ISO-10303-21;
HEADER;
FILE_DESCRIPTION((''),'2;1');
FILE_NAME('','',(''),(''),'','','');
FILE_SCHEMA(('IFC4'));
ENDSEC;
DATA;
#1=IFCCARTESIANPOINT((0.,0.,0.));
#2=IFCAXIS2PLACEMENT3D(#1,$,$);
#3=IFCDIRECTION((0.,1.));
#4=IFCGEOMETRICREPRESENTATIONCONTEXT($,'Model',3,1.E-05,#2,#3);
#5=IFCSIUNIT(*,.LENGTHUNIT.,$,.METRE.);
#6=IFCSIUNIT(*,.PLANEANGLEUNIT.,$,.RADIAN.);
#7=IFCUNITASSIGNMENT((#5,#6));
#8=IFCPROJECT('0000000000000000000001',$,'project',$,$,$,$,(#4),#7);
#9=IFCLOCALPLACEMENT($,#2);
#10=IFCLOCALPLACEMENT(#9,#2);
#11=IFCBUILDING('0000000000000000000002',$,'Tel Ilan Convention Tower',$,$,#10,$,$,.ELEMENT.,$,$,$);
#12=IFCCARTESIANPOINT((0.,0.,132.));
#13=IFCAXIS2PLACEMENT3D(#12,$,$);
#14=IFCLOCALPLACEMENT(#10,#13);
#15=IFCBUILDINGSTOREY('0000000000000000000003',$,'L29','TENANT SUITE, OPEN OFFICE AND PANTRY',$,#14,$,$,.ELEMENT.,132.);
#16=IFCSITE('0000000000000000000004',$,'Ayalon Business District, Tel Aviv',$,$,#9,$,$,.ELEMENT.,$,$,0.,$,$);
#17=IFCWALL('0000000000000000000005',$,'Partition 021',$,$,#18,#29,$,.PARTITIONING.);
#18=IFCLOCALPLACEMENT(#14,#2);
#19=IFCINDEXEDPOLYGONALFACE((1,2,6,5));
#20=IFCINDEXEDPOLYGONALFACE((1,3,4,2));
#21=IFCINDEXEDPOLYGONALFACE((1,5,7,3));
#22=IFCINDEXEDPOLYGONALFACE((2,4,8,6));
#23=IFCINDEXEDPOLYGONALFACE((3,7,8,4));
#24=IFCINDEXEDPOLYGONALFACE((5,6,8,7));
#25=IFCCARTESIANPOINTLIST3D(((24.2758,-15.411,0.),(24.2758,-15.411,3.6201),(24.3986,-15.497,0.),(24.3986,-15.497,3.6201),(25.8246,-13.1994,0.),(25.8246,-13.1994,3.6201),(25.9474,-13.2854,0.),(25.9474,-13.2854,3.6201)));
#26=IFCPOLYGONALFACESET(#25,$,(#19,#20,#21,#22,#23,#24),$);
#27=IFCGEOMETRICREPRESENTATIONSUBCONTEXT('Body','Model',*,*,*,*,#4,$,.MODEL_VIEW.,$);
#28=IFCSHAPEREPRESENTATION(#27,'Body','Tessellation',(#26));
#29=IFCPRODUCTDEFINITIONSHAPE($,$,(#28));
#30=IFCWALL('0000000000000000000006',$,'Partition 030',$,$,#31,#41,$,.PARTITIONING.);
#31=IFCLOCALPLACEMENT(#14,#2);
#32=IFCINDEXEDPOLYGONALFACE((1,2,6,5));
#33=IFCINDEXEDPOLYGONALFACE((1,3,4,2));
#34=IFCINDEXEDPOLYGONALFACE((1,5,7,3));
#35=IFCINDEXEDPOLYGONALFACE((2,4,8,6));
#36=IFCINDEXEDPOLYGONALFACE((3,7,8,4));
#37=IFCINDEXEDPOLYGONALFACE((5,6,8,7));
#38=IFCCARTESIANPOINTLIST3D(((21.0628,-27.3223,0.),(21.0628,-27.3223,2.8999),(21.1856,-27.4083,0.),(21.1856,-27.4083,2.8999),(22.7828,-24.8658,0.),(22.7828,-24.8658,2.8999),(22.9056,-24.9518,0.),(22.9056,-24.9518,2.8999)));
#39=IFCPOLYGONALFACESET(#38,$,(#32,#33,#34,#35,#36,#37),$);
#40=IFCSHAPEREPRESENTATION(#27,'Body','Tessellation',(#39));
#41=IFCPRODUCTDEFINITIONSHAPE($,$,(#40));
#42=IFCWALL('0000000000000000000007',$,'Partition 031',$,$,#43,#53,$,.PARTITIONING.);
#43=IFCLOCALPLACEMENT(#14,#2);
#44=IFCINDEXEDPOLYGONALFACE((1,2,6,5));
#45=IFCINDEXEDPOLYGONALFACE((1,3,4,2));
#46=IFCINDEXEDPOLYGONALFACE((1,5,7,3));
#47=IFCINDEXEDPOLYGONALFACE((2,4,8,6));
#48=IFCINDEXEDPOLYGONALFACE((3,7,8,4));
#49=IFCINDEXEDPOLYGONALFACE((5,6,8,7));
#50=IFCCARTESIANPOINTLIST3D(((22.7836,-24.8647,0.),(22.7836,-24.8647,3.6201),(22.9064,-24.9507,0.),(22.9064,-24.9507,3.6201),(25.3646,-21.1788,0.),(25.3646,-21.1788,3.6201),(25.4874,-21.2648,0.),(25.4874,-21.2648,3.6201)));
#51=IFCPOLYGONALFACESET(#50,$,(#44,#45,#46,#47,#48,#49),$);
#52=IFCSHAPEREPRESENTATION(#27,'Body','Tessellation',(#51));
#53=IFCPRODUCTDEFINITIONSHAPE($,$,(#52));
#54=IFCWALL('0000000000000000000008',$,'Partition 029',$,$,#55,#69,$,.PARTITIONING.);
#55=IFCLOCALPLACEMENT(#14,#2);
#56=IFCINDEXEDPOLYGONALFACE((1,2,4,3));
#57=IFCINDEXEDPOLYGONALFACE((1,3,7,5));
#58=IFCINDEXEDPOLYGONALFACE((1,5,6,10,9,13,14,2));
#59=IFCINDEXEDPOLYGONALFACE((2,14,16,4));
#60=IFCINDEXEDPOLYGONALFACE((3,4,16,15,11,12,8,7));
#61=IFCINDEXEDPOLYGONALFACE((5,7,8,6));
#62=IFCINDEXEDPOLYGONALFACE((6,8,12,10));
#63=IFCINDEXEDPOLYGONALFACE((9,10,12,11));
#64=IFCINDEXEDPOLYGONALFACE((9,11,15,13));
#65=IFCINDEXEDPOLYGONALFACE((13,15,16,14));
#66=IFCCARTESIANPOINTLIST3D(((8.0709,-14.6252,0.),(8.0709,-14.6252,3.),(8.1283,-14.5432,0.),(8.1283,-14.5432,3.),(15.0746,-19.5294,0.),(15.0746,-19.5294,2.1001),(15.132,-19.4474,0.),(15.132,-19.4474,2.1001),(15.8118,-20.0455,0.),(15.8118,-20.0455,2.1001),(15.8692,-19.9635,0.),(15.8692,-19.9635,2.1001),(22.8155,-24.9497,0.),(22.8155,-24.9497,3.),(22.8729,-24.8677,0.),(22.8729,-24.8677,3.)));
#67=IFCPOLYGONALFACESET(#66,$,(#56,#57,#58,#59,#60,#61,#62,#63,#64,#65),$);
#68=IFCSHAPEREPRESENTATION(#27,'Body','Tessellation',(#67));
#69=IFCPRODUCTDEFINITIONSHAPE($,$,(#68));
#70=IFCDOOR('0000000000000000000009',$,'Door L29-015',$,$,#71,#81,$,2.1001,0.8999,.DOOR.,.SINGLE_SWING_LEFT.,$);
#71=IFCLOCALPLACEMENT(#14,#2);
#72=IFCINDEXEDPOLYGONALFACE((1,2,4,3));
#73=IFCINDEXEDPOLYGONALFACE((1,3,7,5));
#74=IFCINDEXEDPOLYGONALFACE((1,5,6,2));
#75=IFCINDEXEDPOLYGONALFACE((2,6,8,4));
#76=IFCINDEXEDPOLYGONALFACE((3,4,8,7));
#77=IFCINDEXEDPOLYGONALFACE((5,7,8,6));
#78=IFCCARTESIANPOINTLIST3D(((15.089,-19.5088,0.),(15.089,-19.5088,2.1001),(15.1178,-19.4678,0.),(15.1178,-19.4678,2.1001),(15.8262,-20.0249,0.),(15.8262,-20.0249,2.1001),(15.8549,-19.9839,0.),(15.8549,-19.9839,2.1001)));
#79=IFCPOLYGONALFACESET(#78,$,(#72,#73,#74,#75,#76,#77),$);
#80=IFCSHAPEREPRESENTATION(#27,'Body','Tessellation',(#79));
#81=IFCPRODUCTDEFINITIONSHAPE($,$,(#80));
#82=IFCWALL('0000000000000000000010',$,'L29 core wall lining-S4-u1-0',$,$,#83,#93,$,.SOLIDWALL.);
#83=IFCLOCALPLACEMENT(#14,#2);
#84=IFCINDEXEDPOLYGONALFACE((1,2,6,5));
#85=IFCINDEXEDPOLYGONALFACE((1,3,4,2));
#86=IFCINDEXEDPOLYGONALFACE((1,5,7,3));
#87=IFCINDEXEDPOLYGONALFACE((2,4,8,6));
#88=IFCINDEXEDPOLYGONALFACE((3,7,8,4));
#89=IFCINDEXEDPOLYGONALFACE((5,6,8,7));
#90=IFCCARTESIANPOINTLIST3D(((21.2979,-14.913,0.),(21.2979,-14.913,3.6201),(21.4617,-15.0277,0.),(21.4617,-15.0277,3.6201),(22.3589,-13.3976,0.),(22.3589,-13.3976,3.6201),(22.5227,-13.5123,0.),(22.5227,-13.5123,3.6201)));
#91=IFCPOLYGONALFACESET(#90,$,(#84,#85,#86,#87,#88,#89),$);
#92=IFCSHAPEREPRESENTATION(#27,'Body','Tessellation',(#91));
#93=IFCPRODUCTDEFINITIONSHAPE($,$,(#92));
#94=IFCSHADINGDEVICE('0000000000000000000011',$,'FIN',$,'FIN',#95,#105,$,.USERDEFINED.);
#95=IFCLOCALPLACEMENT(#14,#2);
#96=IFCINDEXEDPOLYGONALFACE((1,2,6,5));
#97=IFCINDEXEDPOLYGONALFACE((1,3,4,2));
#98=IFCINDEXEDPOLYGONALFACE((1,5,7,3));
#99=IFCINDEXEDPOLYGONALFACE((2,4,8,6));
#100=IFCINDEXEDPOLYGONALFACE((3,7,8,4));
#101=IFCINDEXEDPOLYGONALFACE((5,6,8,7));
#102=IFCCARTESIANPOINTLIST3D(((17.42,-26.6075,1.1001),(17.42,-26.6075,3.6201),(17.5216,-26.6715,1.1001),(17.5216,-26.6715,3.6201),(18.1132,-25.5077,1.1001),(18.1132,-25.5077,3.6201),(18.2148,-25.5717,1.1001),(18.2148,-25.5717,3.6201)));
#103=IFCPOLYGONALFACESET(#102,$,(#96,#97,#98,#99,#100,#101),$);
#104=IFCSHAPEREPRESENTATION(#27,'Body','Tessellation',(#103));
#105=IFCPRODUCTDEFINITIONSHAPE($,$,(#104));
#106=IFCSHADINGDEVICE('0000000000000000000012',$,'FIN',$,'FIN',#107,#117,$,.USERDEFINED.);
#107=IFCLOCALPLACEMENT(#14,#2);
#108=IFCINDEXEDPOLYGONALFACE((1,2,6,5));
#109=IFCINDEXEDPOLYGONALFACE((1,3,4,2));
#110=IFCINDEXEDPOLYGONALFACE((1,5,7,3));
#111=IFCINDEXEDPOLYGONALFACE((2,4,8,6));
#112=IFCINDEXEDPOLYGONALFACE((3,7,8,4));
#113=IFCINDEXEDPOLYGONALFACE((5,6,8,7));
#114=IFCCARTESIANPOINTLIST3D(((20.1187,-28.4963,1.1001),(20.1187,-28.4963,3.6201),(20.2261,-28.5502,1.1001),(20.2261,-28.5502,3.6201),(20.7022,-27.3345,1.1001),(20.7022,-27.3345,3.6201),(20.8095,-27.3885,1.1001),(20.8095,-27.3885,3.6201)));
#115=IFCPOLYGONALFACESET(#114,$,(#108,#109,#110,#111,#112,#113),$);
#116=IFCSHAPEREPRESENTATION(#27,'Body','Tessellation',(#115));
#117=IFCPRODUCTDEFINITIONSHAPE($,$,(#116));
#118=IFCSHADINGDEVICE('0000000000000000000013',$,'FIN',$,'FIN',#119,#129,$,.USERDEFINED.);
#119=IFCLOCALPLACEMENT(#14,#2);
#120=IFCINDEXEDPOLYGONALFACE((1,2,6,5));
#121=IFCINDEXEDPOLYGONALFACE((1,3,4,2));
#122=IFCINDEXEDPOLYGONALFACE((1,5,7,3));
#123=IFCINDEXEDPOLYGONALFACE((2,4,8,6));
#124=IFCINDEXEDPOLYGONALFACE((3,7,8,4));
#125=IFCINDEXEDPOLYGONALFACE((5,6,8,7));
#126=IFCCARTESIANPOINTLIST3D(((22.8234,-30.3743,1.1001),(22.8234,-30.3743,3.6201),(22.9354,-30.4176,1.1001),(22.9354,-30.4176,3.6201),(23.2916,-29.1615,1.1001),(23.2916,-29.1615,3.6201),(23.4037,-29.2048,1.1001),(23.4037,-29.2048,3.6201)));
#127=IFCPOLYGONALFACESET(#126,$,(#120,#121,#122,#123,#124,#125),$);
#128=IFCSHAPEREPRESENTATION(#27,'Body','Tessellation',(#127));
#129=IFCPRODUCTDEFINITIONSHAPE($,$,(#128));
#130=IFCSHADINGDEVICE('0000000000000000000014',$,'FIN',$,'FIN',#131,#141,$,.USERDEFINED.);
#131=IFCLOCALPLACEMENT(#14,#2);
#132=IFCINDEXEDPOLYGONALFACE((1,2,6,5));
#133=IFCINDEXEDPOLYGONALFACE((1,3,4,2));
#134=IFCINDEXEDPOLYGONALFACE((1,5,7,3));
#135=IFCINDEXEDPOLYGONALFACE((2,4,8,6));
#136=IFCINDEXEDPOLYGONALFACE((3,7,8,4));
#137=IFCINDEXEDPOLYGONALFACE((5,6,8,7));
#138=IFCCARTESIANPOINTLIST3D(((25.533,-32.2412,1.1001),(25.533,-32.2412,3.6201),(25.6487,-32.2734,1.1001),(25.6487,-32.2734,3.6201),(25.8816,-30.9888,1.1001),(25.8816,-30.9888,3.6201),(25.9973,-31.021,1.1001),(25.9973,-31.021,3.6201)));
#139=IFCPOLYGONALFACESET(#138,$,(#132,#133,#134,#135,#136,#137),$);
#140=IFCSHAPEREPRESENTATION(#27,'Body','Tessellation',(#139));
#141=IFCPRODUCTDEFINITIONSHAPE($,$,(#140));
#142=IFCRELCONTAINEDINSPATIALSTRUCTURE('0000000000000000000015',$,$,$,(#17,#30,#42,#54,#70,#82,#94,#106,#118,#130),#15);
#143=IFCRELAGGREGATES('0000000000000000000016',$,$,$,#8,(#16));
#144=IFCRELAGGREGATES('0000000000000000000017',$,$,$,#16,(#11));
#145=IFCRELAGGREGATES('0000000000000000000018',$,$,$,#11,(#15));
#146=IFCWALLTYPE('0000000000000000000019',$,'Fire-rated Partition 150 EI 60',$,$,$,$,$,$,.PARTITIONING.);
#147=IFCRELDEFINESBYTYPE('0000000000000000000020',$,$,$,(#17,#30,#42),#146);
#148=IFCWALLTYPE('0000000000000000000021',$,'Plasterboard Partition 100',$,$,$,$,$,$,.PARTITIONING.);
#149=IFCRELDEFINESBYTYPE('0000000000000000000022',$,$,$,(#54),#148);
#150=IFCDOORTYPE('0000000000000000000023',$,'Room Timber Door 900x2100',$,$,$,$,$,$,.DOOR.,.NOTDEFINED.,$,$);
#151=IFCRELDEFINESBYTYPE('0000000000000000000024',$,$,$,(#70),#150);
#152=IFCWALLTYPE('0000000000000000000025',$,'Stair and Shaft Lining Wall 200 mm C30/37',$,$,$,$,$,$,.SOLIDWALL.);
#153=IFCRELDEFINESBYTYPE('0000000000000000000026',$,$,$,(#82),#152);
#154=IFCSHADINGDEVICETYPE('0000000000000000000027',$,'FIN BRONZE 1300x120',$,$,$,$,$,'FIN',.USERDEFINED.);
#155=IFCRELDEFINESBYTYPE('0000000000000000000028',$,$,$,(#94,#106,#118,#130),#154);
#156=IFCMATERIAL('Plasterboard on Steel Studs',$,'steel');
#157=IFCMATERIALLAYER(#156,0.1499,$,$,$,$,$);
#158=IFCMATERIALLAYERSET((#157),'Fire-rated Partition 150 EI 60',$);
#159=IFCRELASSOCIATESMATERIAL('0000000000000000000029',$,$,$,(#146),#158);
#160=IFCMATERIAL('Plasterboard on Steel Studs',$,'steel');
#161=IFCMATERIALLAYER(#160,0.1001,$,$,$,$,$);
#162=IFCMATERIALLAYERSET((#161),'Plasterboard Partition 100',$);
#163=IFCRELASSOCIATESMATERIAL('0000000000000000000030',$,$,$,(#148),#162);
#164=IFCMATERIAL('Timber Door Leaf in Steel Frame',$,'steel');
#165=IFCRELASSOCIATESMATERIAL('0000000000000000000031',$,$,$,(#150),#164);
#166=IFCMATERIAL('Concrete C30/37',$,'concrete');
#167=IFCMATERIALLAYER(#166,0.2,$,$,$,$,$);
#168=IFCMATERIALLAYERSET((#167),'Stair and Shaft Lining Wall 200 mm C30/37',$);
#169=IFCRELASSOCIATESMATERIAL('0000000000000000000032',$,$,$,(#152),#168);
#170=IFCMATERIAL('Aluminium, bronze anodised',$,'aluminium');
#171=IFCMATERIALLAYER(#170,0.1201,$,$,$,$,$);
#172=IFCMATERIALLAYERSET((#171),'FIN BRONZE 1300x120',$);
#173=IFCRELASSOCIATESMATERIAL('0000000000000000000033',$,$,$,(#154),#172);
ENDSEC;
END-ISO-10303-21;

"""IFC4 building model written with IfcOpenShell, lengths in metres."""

from ifc_helpers import new_model, si_unit, direction, frame, frame_2d, origin, origin_2d, place, context, subcontext, project, spatial, rectangle, extrude, material, layer, layer_set, type_object, element, fill, save


model = new_model("IFC4")

# Units and contexts
model_context = context("Model", 3, precision=1e-05, world=origin(), true_north=direction((0.0, 1.0)))
body_context = subcontext(model_context, "Body", "Model", "MODEL_VIEW")
ifc_project = project(units=[si_unit("LENGTHUNIT", "METRE"), si_unit("PLANEANGLEUNIT", "RADIAN")], contexts=[model_context])

# Site, building, storey
site_placement = place(None, origin())
site = spatial("IfcSite", under=ifc_project, at=site_placement, Name="Ayalon Business District, Tel Aviv", CompositionType="ELEMENT", RefElevation=0.0)
building_placement = place(site_placement, origin())
building = spatial("IfcBuilding", under=site, at=building_placement, Name="Tel Ilan Convention Tower", CompositionType="ELEMENT")
storey_placement = place(building_placement, frame((0.0, 0.0, 132.0)))
storey = spatial("IfcBuildingStorey", under=building, at=storey_placement, Name="L29", Description="TENANT SUITE, OPEN OFFICE AND PANTRY", CompositionType="ELEMENT", Elevation=132.0)

# Shared definitions
ifc_material_1 = material(Name="Plasterboard on Steel Studs", Category="steel")
ifc_layer_1 = layer(ifc_material_1, 0.1499)
ifc_layer_set_1 = layer_set([ifc_layer_1], Name="Fire-rated Partition 150 EI 60")
wall_type_1 = type_object("IfcWallType", Name="Fire-rated Partition 150 EI 60", PredefinedType="PARTITIONING", material=ifc_layer_set_1)

# Walls
wall_1_placement = place(storey_placement, frame((24.3372, -15.4541, 0.0), z_axis=(0.0, 0.0, 1.0), x_axis=(0.573626, 0.819117, 0.0)))
element("IfcWall", 1, at=wall_1_placement, inside=storey, type_object=wall_type_1, Name="Partition 021", PredefinedType="PARTITIONING", context=body_context, shape_type="SweptSolid", body=[
    extrude(rectangle(XDim=2.7, YDim=0.1499, at=frame_2d((1.3501, 0.0))), origin(), (0.0, 0.0, 1.0), 3.6201),
])
wall_2_placement = place(storey_placement, frame((22.8442, -24.9087, 0.0), z_axis=(0.0, 0.0, 1.0), x_axis=(-0.57355, -0.819171, 0.0)))
element("IfcWall", 2, at=wall_2_placement, inside=storey, type_object=wall_type_1, Name="Partition 030", PredefinedType="PARTITIONING", context=body_context, shape_type="SweptSolid", body=[
    extrude(rectangle(XDim=2.9988, YDim=0.1499, at=frame_2d((1.4995, 0.0))), origin(), (0.0, 0.0, 1.0), 2.8999),
])
wall_3_placement = place(storey_placement, frame((25.426, -21.2217, 0.0), z_axis=(0.0, 0.0, 1.0), x_axis=(-0.573586, -0.819145, 0.0)))
element("IfcWall", 3, at=wall_3_placement, inside=storey, type_object=wall_type_1, Name="Partition 031", PredefinedType="PARTITIONING", context=body_context, shape_type="SweptSolid", body=[
    extrude(rectangle(XDim=4.4998, YDim=0.1499, at=frame_2d((2.25, 0.0))), origin(), (0.0, 0.0, 1.0), 3.6201),
])

# Wall, opening, door
ifc_material_2 = material(Name="Plasterboard on Steel Studs", Category="steel")
ifc_layer_2 = layer(ifc_material_2, 0.1001)
ifc_layer_set_2 = layer_set([ifc_layer_2], Name="Plasterboard Partition 100")
wall_type_2 = type_object("IfcWallType", Name="Plasterboard Partition 100", PredefinedType="PARTITIONING", material=ifc_layer_set_2)
wall_4_placement = place(storey_placement, frame((22.8442, -24.9087, 0.0), z_axis=(0.0, 0.0, 1.0), x_axis=(-0.819148, 0.573582, 0.0)))
wall_4 = element("IfcWall", 4, at=wall_4_placement, inside=storey, type_object=wall_type_2, Name="Partition 029", PredefinedType="PARTITIONING", context=body_context, shape_type="SweptSolid", body=[
    extrude(rectangle(XDim=18.0, YDim=0.1001, at=frame_2d((9.0, 0.0))), origin(), (0.0, 0.0, 1.0), 3.0),
])
opening_1_placement = place(wall_4_placement, frame((8.55, 0.0, 0.0)))
opening_1 = element("IfcOpeningElement", 5, at=opening_1_placement, cuts=wall_4, PredefinedType="OPENING", context=body_context, shape_type="SweptSolid", body=[
    extrude(rectangle(XDim=0.8999, YDim=2.1001, at=frame_2d((0.45, 1.05))), frame((0.0, 0.0601, 0.0), z_axis=(0.0, -1.0, 0.0), x_axis=(1.0, 0.0, 0.0)), (0.0, 0.0, 1.0), 0.1201),
])
ifc_material_3 = material(Name="Timber Door Leaf in Steel Frame", Category="steel")
door_type_1 = type_object("IfcDoorType", Name="Room Timber Door 900x2100", OperationType="NOTDEFINED", PredefinedType="DOOR", material=ifc_material_3)
door_1_placement = place(opening_1_placement, origin())
door_1 = element("IfcDoor", 6, at=door_1_placement, inside=storey, type_object=door_type_1, Name="Door L29-015", OperationType="SINGLE_SWING_LEFT", OverallHeight=2.1001, OverallWidth=0.8999, PredefinedType="DOOR", context=body_context, shape_type="SweptSolid", body=[
    extrude(rectangle(XDim=0.8999, YDim=2.1001, at=frame_2d((0.45, 1.05))), frame((0.0, 0.0249, 0.0), z_axis=(0.0, -1.0, 0.0), x_axis=(1.0, 0.0, 0.0)), (0.0, 0.0, 1.0), 0.05),
])
fill(opening_1, door_1)

# Wall
ifc_material_4 = material(Name="Concrete C30/37", Category="concrete")
ifc_layer_3 = layer(ifc_material_4, 0.2)
ifc_layer_set_3 = layer_set([ifc_layer_3], Name="Stair and Shaft Lining Wall 200 mm C30/37")
wall_type_3 = type_object("IfcWallType", Name="Stair and Shaft Lining Wall 200 mm C30/37", PredefinedType="SOLIDWALL", material=ifc_layer_set_3)
wall_5_placement = place(storey_placement, frame((21.3799, -14.9702, 0.0), z_axis=(0.0, 0.0, 1.0), x_axis=(0.57356, 0.819164, 0.0)))
element("IfcWall", 7, at=wall_5_placement, inside=storey, type_object=wall_type_3, Name="L29 core wall lining-S4-u1-0", PredefinedType="SOLIDWALL", context=body_context, shape_type="SweptSolid", body=[
    extrude(rectangle(XDim=1.8499, YDim=0.2, at=frame_2d((0.9248, 0.0))), origin(), (0.0, 0.0, 1.0), 3.6201),
])

# Shading devices
ifc_material_5 = material(Name="Aluminium, bronze anodised", Category="aluminium")
ifc_layer_4 = layer(ifc_material_5, 0.1201)
ifc_layer_set_4 = layer_set([ifc_layer_4], Name="FIN BRONZE 1300x120")
shading_device_type = type_object("IfcShadingDeviceType", Name="FIN BRONZE 1300x120", ElementType="FIN", PredefinedType="USERDEFINED", material=ifc_layer_set_4)
for number, where, z_axis, x_axis, name in (
    (8, (17.8174, -26.0896, 1.1001), (0.0, 0.0, 1.0), (-0.533204, -0.845986, 0.0), "FIN"),
    (9, (20.4641, -27.9424, 1.1001), (0.0, 0.0, 1.0), (-0.448799, -0.893633, 0.0), "FIN"),
    (10, (23.1135, -29.7896, 1.1001), (0.0, 0.0, 1.0), (-0.360178, -0.932884, 0.0), "FIN"),
    (11, (25.7651, -31.6311, 1.1001), (0.0, 0.0, 1.0), (-0.268173, -0.963371, 0.0), "FIN"),
):
    element("IfcShadingDevice", number, at=place(storey_placement, frame(where, z_axis=z_axis, x_axis=x_axis)), inside=storey, type_object=shading_device_type, Name=name, ObjectType="FIN", PredefinedType="USERDEFINED", context=body_context, shape_type="SweptSolid", body=[
        extrude(rectangle(XDim=1.3, YDim=0.1201, at=origin_2d()), origin(), (0.0, 0.0, 1.0), 2.52),
    ])

save(model, "model.ifc")
